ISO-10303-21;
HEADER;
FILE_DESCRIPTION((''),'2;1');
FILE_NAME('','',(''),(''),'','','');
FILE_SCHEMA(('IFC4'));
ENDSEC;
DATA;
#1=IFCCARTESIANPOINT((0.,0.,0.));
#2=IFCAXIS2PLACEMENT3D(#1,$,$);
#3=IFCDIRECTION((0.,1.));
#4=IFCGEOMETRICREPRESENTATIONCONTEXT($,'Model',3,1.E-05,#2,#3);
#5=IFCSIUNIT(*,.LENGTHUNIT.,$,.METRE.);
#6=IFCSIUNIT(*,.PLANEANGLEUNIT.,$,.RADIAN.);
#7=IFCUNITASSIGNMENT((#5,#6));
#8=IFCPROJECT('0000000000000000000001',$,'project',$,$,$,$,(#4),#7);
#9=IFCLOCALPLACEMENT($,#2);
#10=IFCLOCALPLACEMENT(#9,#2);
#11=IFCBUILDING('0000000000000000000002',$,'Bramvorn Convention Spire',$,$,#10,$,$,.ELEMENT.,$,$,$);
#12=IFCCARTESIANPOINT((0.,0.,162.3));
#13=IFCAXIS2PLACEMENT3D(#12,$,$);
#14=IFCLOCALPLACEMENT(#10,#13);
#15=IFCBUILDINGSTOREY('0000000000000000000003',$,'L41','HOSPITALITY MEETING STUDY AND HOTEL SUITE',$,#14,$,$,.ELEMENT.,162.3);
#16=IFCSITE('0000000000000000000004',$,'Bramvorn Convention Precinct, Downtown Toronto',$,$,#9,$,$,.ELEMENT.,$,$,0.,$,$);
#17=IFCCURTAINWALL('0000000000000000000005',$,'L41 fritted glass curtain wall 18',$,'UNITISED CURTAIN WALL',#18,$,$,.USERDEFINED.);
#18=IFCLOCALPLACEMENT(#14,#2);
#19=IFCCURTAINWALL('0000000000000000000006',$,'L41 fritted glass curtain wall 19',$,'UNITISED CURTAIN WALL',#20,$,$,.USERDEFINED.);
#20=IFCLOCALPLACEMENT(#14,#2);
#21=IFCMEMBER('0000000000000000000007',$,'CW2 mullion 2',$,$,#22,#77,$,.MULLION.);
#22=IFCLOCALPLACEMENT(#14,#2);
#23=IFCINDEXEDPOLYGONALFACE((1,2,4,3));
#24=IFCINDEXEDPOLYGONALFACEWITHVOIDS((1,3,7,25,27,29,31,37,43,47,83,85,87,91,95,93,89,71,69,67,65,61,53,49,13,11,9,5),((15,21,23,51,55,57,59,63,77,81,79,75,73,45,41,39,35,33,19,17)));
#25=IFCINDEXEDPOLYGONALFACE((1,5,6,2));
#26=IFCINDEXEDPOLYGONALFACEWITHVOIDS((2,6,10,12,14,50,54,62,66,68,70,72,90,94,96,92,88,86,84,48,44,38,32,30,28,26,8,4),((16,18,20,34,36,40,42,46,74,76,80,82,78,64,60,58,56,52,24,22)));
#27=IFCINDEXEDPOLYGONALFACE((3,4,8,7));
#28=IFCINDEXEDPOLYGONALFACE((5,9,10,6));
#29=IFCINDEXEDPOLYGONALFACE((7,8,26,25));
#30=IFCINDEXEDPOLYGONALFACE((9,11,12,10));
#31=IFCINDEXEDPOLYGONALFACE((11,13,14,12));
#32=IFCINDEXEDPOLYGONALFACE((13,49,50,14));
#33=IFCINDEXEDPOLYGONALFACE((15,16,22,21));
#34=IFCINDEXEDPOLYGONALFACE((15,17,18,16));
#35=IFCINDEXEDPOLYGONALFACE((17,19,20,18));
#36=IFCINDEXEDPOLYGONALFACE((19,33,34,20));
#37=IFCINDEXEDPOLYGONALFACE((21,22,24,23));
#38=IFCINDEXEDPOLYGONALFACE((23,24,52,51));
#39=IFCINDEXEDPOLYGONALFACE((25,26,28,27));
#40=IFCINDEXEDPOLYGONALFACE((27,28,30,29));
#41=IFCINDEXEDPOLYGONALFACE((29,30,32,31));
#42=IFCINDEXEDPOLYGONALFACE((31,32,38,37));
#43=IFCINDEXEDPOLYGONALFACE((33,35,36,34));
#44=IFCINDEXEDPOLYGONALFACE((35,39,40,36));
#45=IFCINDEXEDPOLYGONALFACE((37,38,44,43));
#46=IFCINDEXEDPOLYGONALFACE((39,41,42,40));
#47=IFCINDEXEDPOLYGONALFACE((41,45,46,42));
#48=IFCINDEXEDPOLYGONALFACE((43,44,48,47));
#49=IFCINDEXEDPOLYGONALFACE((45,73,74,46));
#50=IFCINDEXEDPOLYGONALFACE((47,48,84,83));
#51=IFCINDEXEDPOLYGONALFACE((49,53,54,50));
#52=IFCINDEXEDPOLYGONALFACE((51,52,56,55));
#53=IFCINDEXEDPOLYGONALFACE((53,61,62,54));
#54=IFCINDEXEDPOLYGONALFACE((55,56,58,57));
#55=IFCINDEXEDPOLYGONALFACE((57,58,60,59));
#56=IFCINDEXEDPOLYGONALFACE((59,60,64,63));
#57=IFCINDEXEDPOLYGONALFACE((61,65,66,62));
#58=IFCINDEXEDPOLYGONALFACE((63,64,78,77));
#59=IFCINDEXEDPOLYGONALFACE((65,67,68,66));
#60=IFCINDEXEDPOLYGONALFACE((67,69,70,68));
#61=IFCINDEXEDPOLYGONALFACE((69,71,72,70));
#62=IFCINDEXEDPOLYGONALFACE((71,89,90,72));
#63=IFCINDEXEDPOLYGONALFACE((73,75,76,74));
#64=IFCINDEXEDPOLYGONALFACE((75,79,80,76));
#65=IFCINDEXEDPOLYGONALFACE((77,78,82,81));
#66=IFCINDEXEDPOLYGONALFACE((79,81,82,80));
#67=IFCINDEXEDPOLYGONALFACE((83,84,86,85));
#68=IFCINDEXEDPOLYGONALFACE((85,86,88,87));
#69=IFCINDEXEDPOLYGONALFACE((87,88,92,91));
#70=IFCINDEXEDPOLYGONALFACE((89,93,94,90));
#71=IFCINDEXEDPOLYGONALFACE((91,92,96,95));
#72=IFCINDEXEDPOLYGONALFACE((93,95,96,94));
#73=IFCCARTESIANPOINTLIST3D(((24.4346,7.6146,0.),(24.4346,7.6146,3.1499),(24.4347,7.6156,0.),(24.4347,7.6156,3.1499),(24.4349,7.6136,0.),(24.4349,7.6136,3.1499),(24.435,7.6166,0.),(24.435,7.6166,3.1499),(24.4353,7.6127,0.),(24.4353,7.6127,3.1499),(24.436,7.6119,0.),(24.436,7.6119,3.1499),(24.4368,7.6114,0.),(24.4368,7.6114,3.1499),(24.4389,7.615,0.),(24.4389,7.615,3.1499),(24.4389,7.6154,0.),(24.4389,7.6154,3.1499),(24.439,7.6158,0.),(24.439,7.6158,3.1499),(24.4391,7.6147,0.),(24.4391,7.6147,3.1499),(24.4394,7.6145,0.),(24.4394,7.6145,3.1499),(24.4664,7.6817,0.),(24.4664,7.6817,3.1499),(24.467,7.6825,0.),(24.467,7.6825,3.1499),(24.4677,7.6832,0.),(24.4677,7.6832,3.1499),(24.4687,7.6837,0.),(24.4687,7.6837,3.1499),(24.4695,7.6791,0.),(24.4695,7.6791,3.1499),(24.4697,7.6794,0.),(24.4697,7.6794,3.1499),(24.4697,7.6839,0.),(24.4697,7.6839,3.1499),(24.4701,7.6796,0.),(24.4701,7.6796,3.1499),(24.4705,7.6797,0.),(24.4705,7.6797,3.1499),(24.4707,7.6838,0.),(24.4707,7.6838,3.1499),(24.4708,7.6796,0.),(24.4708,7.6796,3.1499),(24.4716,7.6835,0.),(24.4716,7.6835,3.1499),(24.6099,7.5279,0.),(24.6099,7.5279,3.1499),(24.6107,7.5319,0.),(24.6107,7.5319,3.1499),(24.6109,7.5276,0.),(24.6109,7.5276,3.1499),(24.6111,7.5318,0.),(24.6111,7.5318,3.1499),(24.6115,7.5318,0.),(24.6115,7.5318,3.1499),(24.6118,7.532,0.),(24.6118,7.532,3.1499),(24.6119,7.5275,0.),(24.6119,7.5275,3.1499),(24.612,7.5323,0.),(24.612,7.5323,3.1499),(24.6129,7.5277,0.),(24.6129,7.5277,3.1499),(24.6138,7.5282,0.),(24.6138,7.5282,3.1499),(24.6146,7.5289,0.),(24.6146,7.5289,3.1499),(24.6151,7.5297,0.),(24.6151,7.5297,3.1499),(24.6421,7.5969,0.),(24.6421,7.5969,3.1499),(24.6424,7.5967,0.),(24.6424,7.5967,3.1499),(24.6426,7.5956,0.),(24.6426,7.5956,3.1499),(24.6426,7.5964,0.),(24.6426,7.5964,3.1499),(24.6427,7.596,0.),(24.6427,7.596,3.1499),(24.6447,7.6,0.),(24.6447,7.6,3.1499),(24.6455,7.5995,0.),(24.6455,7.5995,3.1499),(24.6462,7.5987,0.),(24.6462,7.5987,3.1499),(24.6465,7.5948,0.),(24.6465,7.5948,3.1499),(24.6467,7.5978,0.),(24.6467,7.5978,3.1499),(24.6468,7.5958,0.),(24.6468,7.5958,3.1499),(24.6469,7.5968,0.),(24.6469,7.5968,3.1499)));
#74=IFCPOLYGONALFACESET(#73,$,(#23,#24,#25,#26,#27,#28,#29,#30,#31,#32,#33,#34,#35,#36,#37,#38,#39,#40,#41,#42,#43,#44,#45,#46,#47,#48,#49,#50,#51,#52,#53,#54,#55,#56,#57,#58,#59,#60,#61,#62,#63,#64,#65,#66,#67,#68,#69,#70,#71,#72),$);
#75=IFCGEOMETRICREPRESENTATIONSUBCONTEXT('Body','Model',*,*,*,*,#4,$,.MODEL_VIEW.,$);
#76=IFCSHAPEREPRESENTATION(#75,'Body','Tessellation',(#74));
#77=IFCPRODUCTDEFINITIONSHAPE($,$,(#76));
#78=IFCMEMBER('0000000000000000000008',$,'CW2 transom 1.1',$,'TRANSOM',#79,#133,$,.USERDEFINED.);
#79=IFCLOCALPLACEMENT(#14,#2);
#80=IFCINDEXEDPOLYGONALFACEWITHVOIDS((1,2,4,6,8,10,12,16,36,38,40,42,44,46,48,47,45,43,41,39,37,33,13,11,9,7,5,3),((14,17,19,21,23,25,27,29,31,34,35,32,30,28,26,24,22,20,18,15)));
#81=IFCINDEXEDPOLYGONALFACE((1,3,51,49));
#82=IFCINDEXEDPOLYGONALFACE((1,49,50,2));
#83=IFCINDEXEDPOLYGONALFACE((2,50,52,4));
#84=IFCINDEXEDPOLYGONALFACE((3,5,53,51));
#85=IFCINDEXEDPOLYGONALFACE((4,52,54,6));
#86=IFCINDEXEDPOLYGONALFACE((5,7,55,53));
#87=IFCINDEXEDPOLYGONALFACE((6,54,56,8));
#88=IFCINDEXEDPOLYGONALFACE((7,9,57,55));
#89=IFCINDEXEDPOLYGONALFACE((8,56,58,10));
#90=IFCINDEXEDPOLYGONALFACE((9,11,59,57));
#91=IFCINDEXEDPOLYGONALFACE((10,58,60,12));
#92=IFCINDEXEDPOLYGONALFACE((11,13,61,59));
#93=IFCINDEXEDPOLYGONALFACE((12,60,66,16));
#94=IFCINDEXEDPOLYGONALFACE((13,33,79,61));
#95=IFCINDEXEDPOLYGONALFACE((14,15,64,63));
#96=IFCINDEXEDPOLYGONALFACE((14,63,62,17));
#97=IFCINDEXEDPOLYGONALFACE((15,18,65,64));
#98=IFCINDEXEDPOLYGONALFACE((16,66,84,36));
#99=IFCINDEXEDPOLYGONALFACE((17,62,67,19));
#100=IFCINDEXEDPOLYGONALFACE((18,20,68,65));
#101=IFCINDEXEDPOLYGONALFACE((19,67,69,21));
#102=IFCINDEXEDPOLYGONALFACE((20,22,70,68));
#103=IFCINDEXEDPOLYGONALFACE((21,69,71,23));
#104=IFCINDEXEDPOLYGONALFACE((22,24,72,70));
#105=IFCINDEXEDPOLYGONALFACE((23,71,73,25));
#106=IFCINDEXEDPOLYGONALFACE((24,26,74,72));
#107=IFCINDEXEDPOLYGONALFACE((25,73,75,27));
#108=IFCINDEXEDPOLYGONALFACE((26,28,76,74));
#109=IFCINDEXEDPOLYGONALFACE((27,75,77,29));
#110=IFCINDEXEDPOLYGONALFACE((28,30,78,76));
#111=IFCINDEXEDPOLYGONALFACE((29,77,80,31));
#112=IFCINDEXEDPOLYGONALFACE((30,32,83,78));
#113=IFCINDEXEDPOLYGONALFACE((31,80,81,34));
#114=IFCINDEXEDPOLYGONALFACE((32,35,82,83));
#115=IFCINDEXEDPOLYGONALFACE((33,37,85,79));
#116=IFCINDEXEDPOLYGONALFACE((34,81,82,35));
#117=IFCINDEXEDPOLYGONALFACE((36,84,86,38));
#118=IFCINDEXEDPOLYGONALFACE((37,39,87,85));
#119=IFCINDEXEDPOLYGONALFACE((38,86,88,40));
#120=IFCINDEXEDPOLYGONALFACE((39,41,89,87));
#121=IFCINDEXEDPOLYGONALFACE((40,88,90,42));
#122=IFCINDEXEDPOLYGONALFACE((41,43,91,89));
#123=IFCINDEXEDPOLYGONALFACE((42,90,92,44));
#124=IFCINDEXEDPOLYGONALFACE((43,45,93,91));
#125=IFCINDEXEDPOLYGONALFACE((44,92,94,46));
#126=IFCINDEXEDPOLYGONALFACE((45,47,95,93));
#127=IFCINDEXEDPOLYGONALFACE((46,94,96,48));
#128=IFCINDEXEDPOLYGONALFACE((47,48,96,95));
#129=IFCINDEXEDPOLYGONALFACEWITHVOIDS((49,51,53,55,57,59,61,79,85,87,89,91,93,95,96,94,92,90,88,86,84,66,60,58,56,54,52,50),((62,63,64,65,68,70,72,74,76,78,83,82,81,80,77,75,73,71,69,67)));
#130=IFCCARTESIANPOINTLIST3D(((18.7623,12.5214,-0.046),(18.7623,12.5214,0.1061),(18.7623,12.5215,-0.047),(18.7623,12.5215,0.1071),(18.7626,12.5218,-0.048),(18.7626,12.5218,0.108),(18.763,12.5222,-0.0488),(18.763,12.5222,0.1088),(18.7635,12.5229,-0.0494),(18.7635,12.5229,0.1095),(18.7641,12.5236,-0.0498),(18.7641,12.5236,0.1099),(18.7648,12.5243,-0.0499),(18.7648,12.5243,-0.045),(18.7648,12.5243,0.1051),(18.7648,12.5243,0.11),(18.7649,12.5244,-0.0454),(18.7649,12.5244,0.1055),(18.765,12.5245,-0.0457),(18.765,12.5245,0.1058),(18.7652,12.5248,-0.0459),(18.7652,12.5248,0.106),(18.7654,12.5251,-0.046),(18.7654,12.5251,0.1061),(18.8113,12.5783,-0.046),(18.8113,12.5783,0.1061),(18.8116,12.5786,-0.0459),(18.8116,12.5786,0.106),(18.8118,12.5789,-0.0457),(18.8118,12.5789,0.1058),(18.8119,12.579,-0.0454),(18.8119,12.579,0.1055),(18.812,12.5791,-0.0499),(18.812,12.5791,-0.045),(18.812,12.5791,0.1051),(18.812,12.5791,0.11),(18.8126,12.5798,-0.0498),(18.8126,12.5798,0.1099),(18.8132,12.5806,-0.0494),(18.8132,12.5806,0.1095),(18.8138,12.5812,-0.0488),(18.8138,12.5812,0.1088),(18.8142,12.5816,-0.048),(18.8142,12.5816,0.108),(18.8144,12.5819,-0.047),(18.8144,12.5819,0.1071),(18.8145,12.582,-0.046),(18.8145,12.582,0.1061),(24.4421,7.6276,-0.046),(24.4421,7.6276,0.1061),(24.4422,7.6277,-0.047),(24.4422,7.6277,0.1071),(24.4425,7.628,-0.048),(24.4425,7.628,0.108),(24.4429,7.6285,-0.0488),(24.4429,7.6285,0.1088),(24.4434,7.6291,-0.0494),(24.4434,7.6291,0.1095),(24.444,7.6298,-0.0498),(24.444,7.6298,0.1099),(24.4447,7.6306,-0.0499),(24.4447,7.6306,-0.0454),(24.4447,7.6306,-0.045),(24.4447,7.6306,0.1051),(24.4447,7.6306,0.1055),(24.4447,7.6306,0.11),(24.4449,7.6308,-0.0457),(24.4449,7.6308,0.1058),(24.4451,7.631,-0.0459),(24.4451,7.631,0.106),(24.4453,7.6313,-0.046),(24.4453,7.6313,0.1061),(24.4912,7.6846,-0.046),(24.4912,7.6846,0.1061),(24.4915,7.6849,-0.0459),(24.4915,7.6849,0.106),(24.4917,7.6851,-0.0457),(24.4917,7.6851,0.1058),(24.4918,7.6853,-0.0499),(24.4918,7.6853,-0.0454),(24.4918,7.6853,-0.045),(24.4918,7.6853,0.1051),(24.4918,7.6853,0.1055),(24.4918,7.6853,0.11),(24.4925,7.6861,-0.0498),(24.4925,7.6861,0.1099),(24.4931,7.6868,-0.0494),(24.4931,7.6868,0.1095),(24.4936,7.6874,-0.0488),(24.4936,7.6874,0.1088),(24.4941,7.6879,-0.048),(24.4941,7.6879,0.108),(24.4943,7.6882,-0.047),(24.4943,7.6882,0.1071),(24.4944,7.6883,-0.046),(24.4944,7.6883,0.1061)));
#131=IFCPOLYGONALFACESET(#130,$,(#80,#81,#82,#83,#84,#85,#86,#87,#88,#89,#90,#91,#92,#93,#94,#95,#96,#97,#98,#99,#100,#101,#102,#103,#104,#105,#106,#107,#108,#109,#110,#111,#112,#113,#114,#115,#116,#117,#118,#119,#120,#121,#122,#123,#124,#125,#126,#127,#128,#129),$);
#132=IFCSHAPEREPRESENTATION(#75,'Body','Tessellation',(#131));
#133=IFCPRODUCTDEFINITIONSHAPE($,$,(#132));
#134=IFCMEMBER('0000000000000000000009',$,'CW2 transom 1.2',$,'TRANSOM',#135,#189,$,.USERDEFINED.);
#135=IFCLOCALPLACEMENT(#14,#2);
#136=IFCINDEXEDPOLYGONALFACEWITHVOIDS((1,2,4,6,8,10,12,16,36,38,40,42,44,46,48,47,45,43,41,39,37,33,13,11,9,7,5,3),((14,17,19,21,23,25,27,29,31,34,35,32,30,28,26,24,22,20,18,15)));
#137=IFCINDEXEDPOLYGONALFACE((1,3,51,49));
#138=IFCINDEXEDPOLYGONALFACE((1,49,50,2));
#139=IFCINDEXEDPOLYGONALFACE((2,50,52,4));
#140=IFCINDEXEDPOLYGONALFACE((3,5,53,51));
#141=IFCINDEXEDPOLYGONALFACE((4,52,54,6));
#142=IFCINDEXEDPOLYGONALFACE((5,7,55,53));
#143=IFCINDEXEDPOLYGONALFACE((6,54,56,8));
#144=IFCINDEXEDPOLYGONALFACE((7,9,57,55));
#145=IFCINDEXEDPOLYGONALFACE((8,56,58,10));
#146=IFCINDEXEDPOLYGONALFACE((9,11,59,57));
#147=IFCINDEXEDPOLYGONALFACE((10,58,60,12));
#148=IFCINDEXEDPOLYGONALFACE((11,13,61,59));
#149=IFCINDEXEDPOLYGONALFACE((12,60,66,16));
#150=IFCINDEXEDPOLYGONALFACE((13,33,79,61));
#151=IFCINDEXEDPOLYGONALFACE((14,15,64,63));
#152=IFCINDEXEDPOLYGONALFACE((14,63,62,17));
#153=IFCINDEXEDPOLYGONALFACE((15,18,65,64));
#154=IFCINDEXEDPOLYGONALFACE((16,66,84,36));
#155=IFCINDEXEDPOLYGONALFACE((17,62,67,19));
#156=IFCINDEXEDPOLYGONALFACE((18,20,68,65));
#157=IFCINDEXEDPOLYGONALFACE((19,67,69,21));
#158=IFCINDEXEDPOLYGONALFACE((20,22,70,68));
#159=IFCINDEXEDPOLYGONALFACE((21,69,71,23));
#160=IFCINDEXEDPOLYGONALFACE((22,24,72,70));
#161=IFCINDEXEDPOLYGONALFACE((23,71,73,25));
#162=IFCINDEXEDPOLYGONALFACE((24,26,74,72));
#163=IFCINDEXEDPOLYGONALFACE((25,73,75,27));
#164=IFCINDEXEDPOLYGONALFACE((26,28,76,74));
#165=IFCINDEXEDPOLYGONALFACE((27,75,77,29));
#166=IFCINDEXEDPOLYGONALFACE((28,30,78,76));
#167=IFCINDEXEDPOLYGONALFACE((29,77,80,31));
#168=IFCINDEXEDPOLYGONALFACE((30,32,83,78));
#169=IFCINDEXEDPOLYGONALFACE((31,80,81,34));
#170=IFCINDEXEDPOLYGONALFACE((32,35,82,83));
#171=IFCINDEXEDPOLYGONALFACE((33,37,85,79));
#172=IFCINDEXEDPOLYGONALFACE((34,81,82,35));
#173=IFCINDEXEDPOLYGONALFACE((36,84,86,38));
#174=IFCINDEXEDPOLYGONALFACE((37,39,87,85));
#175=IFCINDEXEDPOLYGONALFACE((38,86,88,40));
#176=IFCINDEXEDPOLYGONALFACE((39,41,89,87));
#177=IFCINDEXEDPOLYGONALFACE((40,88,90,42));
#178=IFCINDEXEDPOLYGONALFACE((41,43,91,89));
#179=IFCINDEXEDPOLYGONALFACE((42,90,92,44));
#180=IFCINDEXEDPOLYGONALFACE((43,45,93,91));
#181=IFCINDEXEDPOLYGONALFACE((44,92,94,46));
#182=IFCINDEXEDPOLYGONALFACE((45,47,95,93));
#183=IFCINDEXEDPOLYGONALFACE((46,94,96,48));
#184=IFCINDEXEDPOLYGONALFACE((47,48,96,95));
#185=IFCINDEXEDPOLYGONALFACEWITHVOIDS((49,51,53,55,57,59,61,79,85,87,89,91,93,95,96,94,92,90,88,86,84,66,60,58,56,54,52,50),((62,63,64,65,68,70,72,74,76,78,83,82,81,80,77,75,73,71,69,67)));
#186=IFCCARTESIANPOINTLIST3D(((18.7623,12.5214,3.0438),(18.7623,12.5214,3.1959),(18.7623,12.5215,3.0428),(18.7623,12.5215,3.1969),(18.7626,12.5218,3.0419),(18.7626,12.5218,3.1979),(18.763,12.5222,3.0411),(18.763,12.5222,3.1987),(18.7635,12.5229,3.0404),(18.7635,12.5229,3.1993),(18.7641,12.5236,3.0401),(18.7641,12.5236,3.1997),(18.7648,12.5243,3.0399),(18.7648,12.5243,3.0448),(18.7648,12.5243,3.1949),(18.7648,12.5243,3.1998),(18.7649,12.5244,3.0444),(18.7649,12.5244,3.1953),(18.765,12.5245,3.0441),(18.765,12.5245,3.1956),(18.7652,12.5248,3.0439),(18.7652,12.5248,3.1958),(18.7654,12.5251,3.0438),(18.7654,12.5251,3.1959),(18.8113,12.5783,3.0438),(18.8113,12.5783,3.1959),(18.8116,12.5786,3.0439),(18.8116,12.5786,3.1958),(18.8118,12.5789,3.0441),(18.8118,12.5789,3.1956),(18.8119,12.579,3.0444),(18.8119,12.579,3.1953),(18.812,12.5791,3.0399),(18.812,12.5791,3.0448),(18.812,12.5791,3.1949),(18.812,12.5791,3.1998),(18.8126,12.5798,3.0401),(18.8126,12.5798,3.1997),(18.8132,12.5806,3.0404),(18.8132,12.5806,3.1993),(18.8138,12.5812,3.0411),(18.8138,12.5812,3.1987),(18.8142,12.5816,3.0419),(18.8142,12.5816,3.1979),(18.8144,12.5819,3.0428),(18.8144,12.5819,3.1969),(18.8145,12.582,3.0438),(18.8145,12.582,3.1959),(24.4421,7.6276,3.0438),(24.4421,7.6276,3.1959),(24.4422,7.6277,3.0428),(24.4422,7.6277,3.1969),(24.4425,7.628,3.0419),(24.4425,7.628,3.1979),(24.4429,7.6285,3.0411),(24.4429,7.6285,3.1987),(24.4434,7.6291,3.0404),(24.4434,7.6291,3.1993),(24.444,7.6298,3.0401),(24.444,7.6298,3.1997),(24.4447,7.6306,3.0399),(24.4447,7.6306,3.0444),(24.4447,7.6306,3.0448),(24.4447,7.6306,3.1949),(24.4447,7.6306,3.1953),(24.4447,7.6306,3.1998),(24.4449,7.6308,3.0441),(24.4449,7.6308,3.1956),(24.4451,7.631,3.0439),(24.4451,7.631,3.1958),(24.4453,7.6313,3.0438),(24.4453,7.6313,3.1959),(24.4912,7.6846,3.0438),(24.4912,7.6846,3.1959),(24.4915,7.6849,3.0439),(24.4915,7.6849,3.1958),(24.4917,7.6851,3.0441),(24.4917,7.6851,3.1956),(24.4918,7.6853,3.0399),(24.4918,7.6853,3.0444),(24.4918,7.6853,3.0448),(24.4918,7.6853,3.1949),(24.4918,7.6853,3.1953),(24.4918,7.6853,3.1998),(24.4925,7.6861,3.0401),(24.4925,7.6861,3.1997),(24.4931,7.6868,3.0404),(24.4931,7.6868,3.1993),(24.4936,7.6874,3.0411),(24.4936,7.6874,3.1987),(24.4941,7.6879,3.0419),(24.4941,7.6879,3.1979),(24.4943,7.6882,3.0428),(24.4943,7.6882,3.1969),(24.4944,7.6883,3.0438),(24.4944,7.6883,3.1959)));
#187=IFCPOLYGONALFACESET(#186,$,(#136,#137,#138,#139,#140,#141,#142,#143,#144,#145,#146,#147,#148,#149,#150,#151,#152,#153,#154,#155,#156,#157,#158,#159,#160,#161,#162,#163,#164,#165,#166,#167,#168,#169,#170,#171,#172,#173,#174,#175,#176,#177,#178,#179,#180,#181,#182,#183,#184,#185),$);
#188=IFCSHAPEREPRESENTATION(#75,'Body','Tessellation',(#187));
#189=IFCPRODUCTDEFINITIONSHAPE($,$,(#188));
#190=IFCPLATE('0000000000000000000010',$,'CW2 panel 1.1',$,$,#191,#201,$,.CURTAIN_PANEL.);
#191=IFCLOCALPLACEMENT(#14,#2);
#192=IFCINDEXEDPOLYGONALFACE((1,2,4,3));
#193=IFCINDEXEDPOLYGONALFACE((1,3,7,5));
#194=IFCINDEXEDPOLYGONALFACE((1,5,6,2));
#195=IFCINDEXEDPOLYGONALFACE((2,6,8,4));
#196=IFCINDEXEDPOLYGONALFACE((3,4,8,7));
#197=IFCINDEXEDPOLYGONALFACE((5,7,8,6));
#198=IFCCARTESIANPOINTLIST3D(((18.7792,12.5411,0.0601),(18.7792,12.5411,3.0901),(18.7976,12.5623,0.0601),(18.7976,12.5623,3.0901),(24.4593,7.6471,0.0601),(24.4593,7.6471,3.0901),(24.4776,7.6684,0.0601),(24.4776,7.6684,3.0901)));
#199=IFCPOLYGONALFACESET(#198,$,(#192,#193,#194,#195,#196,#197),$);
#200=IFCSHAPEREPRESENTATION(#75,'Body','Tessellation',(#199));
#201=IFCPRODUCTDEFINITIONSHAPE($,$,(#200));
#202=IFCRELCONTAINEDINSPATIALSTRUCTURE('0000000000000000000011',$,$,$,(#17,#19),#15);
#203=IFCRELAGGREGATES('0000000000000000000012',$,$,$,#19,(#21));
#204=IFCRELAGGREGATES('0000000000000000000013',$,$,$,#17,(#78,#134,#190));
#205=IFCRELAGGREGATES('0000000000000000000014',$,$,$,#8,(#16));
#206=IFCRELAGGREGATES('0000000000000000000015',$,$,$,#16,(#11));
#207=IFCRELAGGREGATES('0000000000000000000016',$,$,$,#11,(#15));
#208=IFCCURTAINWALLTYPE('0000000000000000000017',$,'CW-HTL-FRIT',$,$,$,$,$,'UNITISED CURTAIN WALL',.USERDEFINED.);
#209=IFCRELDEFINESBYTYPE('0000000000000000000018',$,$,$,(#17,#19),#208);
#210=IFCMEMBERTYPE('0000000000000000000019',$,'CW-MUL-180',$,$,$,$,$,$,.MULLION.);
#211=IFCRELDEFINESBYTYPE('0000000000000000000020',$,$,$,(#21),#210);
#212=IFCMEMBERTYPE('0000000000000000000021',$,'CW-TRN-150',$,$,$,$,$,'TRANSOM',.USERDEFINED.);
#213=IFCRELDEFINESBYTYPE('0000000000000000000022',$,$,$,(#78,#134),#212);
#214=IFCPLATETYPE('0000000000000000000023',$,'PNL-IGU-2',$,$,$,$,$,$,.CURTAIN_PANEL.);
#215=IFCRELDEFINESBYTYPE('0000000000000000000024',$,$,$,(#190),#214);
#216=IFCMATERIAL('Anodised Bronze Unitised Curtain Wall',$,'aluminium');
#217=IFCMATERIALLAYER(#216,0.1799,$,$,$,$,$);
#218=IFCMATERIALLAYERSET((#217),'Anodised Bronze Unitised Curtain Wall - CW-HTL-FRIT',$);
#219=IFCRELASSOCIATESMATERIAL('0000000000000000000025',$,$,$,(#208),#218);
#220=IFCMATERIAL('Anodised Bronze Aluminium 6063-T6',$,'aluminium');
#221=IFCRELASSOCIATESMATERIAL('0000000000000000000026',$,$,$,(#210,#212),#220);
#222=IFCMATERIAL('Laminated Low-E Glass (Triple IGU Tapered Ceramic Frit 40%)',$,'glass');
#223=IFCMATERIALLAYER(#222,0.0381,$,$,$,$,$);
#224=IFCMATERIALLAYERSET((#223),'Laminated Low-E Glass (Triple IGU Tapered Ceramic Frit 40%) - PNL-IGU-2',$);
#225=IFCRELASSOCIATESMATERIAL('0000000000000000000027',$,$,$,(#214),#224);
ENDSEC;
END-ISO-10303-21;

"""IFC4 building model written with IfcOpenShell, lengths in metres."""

from ifc_helpers import new_model, si_unit, direction, frame, origin, origin_2d, place, context, subcontext, project, spatial, rectangle, hollow_rectangle, extrude, material, layer, layer_set, material_profile, profile_set, type_object, element, aggregate, save


model = new_model("IFC4")

# Units and contexts
model_context = context("Model", 3, precision=1e-05, world=origin(), true_north=direction((0.0, 1.0)))
body_context = subcontext(model_context, "Body", "Model", "MODEL_VIEW")
ifc_project = project(units=[si_unit("LENGTHUNIT", "METRE"), si_unit("PLANEANGLEUNIT", "RADIAN")], contexts=[model_context])

# Site, building, storey
site_placement = place(None, origin())
site = spatial("IfcSite", under=ifc_project, at=site_placement, Name="Bramvorn Convention Precinct, Downtown Toronto", CompositionType="ELEMENT", RefElevation=0.0)
building_placement = place(site_placement, origin())
building = spatial("IfcBuilding", under=site, at=building_placement, Name="Bramvorn Convention Spire", CompositionType="ELEMENT")
storey_placement = place(building_placement, frame((0.0, 0.0, 162.3)))
storey = spatial("IfcBuildingStorey", under=building, at=storey_placement, Name="L41", Description="HOSPITALITY MEETING STUDY AND HOTEL SUITE", CompositionType="ELEMENT", Elevation=162.3)

# Curtain walls, member
ifc_material_1 = material(Name="Anodised Bronze Unitised Curtain Wall", Category="aluminium")
ifc_layer_1 = layer(ifc_material_1, 0.1799)
ifc_layer_set_1 = layer_set([ifc_layer_1], Name="Anodised Bronze Unitised Curtain Wall - CW-HTL-FRIT")
curtain_wall_type = type_object("IfcCurtainWallType", Name="CW-HTL-FRIT", ElementType="UNITISED CURTAIN WALL", PredefinedType="USERDEFINED", material=ifc_layer_set_1)
curtain_wall_1_placement = place(storey_placement, origin())
curtain_wall_1 = element("IfcCurtainWall", 1, at=curtain_wall_1_placement, inside=storey, type_object=curtain_wall_type, Name="L41 fritted glass curtain wall 18", ObjectType="UNITISED CURTAIN WALL", PredefinedType="USERDEFINED")
ifc_material_2 = material(Name="Anodised Bronze Aluminium 6063-T6", Category="aluminium")
ifc_material_profile_1 = material_profile(ifc_material_2, hollow_rectangle(XDim=0.0801, YDim=0.2, WallThickness=0.0039, InnerFilletRadius=0.001, OuterFilletRadius=0.0039, at=origin_2d()))
ifc_profile_set_1 = profile_set([ifc_material_profile_1], Name="Anodised Bronze Aluminium 6063-T6 - CWM80X200")
member_type_1 = type_object("IfcMemberType", Name="CW-MUL-180", PredefinedType="MULLION", material=ifc_profile_set_1)
curtain_wall_2_placement = place(storey_placement, origin())
curtain_wall_2 = element("IfcCurtainWall", 2, at=curtain_wall_2_placement, inside=storey, type_object=curtain_wall_type, Name="L41 fritted glass curtain wall 19", ObjectType="UNITISED CURTAIN WALL", PredefinedType="USERDEFINED")
member_1_placement = place(storey_placement, frame((24.5408, 7.6057, 0.0), z_axis=(0.0, 0.0, 1.0), x_axis=(-0.434477, -0.900683, 0.0)))
member_1 = element("IfcMember", 3, at=member_1_placement, type_object=member_type_1, Name="CW2 mullion 2", PredefinedType="MULLION", context=body_context, shape_type="SweptSolid", body=[
    extrude(hollow_rectangle(XDim=0.0801, YDim=0.2, WallThickness=0.0039, InnerFilletRadius=0.001, OuterFilletRadius=0.0039, at=origin_2d()), origin(), (0.0, 0.0, 1.0), 3.1499),
])
aggregate(curtain_wall_2, [member_1])

# Members
ifc_material_profile_2 = material_profile(ifc_material_2, hollow_rectangle(XDim=0.0801, YDim=0.1599, WallThickness=0.0039, InnerFilletRadius=0.001, OuterFilletRadius=0.0039, at=origin_2d()))
ifc_profile_set_2 = profile_set([ifc_material_profile_2], Name="Anodised Bronze Aluminium 6063-T6 - CWT80X160")
member_type_2 = type_object("IfcMemberType", Name="CW-TRN-150", ElementType="TRANSOM", PredefinedType="USERDEFINED", material=ifc_profile_set_2)
member_2_placement = place(storey_placement, frame((24.4683, 7.658, 0.03), z_axis=(-0.757588, 0.652733, 0.0), x_axis=(-0.652733, -0.757588, 0.0)))
member_2 = element("IfcMember", 4, at=member_2_placement, type_object=member_type_2, Name="CW2 transom 1.1", ObjectType="TRANSOM", PredefinedType="USERDEFINED", context=body_context, shape_type="SweptSolid", body=[
    extrude(hollow_rectangle(XDim=0.0801, YDim=0.1599, WallThickness=0.0039, InnerFilletRadius=0.001, OuterFilletRadius=0.0039, at=origin_2d()), origin(), (0.0, 0.0, 1.0), 7.4973),
])
member_3_placement = place(storey_placement, frame((24.4683, 7.658, 3.1199), z_axis=(-0.757588, 0.652733, 0.0), x_axis=(-0.652733, -0.757588, 0.0)))
member_3 = element("IfcMember", 5, at=member_3_placement, type_object=member_type_2, Name="CW2 transom 1.2", ObjectType="TRANSOM", PredefinedType="USERDEFINED", context=body_context, shape_type="SweptSolid", body=[
    extrude(hollow_rectangle(XDim=0.0801, YDim=0.1599, WallThickness=0.0039, InnerFilletRadius=0.001, OuterFilletRadius=0.0039, at=origin_2d()), origin(), (0.0, 0.0, 1.0), 7.4973),
])

# Plate
ifc_material_3 = material(Name="Laminated Low-E Glass (Triple IGU Tapered Ceramic Frit 40%)", Category="glass")
ifc_layer_2 = layer(ifc_material_3, 0.0381)
ifc_layer_set_2 = layer_set([ifc_layer_2], Name="Laminated Low-E Glass (Triple IGU Tapered Ceramic Frit 40%) - PNL-IGU-2")
plate_type = type_object("IfcPlateType", Name="PNL-IGU-2", PredefinedType="CURTAIN_PANEL", material=ifc_layer_set_2)
plate_placement = place(storey_placement, frame((21.6284, 10.1047, 0.0601), z_axis=(0.0, 0.0, 1.0), x_axis=(-0.757586, 0.652735, 0.0)))
plate = element("IfcPlate", 6, at=plate_placement, type_object=plate_type, Name="CW2 panel 1.1", PredefinedType="CURTAIN_PANEL", context=body_context, shape_type="SweptSolid", body=[
    extrude(rectangle(XDim=7.4976, YDim=0.0281, at=origin_2d()), origin(), (0.0, 0.0, 1.0), 3.03),
])
aggregate(curtain_wall_1, [member_2, member_3, plate])

save(model, "model.ifc")
